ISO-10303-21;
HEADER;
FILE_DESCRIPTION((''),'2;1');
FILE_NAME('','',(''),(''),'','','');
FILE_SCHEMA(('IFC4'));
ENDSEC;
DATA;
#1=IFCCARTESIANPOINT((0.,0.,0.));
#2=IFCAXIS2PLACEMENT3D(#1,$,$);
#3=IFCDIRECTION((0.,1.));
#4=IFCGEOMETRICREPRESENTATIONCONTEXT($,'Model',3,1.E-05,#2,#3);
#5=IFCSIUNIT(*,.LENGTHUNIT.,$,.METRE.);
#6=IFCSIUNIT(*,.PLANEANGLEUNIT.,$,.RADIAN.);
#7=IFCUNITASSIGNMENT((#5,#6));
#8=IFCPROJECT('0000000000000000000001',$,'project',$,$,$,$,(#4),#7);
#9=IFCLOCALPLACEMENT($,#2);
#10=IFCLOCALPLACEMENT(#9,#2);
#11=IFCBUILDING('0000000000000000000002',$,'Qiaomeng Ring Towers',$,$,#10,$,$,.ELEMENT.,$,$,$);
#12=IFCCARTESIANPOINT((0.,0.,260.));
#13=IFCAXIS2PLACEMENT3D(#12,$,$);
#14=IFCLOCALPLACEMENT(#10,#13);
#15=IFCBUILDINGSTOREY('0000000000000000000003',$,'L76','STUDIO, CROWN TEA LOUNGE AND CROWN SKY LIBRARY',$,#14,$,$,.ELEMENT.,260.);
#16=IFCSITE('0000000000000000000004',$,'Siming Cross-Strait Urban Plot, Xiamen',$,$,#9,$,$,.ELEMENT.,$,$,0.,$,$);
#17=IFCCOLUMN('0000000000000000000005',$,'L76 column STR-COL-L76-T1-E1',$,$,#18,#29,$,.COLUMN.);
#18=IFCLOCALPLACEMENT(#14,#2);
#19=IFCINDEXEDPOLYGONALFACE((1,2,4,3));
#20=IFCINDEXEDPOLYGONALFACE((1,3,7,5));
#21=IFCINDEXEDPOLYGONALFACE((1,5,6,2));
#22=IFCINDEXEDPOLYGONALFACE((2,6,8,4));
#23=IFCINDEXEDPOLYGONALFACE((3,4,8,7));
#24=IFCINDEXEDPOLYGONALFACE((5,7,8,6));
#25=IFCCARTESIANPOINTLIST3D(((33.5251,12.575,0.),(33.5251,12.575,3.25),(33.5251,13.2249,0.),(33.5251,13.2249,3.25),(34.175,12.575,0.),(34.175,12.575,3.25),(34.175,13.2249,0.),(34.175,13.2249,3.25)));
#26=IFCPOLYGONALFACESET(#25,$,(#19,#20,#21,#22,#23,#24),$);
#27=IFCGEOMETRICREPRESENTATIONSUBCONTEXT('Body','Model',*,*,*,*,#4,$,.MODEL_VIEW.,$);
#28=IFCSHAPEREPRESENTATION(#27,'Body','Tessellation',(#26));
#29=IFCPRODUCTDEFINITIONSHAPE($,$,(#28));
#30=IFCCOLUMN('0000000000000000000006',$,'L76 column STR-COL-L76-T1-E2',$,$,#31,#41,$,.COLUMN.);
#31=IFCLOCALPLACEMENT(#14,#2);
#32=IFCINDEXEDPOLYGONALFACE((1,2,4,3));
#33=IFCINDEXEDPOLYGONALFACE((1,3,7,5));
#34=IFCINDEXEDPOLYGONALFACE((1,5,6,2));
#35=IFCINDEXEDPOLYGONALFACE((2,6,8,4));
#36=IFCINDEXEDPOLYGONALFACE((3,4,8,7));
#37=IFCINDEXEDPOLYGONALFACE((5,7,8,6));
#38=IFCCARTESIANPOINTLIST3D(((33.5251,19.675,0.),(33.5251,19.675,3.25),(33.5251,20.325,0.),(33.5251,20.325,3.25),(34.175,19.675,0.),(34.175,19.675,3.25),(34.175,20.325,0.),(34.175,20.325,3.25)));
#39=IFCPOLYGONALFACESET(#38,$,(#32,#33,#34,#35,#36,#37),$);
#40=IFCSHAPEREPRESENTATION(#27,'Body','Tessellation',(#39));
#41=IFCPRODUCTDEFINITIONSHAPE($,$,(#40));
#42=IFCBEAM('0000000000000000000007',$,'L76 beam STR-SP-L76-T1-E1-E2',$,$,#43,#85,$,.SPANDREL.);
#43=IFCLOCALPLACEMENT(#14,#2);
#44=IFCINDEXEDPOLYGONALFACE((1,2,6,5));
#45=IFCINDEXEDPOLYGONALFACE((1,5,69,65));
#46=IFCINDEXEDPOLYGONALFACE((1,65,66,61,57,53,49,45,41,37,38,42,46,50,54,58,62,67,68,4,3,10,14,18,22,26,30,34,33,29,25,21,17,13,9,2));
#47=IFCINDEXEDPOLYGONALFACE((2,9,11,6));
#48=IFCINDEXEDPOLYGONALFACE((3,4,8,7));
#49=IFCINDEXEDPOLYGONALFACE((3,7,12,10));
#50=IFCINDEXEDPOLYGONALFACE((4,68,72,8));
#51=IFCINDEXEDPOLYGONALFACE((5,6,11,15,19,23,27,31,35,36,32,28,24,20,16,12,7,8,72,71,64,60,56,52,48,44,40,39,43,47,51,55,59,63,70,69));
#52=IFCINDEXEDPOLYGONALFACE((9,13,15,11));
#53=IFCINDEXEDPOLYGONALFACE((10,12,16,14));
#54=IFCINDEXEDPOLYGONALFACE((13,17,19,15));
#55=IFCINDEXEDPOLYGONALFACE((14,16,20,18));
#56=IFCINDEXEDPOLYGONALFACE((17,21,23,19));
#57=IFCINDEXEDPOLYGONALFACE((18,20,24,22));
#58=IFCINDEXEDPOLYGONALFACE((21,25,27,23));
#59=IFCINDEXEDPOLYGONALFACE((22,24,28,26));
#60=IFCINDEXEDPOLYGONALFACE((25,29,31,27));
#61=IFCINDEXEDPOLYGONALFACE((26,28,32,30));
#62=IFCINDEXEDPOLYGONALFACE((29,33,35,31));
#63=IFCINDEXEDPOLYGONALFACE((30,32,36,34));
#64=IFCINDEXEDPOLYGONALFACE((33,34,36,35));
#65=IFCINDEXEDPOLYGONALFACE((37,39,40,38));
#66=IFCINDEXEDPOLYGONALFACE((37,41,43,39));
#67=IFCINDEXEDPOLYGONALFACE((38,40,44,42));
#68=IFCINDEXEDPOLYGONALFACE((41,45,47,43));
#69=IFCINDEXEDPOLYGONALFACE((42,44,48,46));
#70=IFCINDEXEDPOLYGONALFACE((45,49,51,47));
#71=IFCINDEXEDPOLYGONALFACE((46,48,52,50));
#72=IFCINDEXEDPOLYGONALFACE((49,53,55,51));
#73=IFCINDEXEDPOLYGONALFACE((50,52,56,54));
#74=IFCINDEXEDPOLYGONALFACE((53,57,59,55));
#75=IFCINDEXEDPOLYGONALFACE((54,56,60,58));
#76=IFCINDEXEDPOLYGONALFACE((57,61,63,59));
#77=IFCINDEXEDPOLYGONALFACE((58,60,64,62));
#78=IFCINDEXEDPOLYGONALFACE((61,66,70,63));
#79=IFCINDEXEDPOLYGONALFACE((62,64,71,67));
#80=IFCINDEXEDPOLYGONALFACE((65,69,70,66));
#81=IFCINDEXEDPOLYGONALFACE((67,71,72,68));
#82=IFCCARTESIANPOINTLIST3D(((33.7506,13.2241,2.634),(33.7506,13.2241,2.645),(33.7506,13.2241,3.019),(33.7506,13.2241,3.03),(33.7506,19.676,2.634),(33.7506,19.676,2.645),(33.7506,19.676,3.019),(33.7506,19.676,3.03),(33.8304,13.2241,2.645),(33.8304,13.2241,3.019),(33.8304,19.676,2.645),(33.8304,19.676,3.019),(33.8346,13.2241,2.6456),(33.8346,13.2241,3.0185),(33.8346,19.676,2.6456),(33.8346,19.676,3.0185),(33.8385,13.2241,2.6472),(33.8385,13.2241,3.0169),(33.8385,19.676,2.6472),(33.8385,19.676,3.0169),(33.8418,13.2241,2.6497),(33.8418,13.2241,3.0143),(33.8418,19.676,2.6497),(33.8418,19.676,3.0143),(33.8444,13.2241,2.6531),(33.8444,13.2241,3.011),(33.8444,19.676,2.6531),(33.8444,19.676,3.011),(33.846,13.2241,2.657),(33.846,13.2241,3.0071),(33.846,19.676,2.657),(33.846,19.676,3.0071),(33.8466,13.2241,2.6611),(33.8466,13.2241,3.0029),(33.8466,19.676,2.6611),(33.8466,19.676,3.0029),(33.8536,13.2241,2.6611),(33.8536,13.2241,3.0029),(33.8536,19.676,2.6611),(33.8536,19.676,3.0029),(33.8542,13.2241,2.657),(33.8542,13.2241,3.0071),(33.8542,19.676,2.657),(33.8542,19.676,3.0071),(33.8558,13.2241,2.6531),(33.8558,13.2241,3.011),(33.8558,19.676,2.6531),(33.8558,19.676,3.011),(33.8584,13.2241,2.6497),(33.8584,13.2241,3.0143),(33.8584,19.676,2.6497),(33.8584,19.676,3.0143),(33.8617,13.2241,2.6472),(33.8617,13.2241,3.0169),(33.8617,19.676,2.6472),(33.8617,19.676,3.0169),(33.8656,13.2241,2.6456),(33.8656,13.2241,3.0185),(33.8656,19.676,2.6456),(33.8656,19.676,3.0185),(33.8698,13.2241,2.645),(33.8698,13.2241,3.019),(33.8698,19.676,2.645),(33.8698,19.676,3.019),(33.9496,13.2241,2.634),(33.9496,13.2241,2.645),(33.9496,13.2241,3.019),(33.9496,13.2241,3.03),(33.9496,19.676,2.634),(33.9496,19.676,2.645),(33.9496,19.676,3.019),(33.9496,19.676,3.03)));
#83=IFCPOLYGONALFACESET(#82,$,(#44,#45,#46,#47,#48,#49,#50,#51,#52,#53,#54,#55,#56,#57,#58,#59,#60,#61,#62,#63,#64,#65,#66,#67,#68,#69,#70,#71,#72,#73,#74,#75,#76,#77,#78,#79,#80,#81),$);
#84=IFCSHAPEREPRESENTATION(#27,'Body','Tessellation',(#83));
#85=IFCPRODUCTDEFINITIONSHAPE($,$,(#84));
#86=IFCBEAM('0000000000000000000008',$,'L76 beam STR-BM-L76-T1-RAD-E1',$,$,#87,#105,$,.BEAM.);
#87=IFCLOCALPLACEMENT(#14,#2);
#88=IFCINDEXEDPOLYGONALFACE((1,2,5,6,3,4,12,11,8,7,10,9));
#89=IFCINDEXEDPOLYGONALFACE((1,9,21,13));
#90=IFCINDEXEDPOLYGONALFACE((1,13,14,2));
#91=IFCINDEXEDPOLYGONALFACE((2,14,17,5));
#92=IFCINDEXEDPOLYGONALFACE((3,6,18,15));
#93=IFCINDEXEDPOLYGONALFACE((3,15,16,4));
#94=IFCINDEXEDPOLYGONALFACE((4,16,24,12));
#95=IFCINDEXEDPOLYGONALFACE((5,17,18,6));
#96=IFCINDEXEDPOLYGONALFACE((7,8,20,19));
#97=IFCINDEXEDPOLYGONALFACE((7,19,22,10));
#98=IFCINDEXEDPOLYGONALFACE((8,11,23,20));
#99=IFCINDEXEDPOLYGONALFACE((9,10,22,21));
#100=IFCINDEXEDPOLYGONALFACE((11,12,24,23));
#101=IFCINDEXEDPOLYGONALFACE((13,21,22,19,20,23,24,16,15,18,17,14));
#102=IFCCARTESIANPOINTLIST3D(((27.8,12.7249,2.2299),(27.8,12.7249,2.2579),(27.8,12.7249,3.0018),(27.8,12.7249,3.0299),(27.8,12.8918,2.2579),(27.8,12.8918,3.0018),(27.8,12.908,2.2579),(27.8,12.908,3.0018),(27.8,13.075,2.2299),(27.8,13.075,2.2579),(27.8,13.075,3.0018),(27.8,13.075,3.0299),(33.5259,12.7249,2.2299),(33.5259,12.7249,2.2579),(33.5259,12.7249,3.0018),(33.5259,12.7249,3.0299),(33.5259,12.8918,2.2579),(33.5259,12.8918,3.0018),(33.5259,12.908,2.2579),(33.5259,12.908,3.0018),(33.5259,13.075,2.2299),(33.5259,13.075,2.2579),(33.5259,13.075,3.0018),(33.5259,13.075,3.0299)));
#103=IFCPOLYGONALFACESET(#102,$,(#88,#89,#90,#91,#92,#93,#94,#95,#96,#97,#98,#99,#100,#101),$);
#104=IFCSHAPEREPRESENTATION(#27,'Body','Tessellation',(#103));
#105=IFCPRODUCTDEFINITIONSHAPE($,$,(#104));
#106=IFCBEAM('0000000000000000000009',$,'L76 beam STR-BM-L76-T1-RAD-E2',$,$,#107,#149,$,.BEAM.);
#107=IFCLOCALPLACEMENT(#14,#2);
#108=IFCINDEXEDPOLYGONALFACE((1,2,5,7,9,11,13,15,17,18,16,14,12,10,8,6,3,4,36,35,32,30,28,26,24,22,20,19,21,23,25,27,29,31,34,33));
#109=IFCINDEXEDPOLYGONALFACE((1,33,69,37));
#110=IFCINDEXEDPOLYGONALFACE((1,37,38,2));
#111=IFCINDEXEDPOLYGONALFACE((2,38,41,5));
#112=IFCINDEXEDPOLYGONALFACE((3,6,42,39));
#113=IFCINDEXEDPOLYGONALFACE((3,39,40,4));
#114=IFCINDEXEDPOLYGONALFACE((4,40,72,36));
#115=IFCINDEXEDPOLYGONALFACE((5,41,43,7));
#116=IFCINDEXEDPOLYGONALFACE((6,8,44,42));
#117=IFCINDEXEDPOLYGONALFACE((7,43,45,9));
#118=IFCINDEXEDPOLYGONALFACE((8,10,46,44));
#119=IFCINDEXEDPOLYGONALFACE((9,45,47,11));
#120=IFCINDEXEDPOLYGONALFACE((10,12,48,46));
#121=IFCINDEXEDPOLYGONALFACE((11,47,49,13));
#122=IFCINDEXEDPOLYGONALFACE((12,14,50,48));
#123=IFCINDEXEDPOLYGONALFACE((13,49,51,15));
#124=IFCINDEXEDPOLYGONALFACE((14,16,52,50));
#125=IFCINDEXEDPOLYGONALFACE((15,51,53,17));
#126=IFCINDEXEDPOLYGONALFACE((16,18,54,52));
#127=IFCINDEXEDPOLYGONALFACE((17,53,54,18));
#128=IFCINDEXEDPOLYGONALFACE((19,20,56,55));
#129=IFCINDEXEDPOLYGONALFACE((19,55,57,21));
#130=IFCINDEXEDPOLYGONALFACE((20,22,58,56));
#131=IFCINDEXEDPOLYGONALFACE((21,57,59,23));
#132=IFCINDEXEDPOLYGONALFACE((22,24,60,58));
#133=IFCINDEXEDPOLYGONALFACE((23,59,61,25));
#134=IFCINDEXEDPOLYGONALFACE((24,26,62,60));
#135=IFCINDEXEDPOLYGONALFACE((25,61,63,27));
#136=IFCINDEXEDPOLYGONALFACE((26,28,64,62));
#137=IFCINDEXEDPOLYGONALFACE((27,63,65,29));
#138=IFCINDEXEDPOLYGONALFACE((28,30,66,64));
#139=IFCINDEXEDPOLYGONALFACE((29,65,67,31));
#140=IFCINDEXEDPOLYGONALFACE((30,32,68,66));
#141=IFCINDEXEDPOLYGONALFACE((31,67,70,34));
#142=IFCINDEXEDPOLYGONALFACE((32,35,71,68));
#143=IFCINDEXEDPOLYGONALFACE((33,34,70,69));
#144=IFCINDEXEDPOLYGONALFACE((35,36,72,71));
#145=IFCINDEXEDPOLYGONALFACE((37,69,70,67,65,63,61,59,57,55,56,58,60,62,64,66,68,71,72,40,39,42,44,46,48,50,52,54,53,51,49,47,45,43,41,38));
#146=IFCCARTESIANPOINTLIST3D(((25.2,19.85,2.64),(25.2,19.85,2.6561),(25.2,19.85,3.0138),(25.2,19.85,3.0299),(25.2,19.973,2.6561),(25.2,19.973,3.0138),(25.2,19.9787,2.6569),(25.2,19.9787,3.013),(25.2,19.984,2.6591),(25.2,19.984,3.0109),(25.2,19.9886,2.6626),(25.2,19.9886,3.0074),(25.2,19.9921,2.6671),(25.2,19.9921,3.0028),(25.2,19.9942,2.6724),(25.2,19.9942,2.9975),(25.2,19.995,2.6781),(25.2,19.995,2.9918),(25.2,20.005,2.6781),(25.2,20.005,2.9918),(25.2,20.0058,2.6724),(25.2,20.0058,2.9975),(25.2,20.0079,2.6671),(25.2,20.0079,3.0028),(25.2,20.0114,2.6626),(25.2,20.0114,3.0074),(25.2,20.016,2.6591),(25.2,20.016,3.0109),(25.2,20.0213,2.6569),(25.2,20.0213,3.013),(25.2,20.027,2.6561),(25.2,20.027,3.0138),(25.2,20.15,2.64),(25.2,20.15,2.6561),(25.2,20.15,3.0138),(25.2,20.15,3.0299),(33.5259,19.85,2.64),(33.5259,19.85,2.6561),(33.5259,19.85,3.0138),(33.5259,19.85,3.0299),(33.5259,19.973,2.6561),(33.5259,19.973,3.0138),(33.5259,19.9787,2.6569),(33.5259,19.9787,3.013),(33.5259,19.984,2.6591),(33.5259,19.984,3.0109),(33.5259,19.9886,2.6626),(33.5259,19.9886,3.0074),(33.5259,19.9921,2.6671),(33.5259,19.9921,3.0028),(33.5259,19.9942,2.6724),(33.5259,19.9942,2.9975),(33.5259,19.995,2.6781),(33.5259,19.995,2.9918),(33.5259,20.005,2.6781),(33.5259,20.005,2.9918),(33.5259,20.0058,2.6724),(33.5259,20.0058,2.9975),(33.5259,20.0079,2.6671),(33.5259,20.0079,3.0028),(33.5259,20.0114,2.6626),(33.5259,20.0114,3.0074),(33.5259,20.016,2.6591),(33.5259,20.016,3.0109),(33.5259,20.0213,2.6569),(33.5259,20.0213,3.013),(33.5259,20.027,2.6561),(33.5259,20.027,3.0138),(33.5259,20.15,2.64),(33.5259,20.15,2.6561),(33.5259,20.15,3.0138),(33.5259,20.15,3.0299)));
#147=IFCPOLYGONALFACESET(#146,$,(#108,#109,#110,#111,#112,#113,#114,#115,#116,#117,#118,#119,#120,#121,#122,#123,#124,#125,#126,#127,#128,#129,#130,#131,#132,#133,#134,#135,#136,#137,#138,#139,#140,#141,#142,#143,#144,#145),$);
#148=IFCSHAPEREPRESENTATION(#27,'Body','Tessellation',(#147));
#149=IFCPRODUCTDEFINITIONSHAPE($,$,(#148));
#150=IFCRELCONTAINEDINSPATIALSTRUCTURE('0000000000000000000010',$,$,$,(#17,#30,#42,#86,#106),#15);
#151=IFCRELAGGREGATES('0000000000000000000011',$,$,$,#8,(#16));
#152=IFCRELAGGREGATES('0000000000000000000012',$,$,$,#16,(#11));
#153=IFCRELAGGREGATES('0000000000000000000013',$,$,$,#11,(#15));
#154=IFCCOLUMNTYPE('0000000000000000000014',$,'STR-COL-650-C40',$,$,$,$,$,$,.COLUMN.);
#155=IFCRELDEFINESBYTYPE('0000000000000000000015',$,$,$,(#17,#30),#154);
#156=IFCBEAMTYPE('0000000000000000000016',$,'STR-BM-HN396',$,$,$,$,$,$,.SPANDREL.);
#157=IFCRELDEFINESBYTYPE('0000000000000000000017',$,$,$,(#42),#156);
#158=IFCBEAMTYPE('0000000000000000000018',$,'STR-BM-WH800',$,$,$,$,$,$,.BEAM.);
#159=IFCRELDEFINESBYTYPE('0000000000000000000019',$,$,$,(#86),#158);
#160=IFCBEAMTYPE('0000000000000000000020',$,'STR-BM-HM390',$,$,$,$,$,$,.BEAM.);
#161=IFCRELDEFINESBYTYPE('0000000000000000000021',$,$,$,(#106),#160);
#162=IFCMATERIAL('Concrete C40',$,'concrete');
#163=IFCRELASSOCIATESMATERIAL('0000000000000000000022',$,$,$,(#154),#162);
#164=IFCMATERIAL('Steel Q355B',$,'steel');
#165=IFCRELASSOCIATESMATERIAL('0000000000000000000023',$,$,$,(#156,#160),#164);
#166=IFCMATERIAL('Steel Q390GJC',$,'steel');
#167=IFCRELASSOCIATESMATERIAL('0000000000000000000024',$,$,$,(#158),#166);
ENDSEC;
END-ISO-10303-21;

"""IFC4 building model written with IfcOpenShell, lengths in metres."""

from ifc_helpers import new_model, si_unit, direction, frame, origin, origin_2d, place, context, subcontext, project, spatial, rectangle, i_section, extrude, source, transform, mapped, material, material_profile, profile_set, type_object, element, save


model = new_model("IFC4")

# Units and contexts
model_context = context("Model", 3, precision=1e-05, world=origin(), true_north=direction((0.0, 1.0)))
body_context = subcontext(model_context, "Body", "Model", "MODEL_VIEW")
ifc_project = project(units=[si_unit("LENGTHUNIT", "METRE"), si_unit("PLANEANGLEUNIT", "RADIAN")], contexts=[model_context])

# Site, building, storey
site_placement = place(None, origin())
site = spatial("IfcSite", under=ifc_project, at=site_placement, Name="Siming Cross-Strait Urban Plot, Xiamen", CompositionType="ELEMENT", RefElevation=0.0)
building_placement = place(site_placement, origin())
building = spatial("IfcBuilding", under=site, at=building_placement, Name="Qiaomeng Ring Towers", CompositionType="ELEMENT")
storey_placement = place(building_placement, frame((0.0, 0.0, 260.0)))
storey = spatial("IfcBuildingStorey", under=building, at=storey_placement, Name="L76", Description="STUDIO, CROWN TEA LOUNGE AND CROWN SKY LIBRARY", CompositionType="ELEMENT", Elevation=260.0)

# Columns
ifc_material_1 = material(Name="Concrete C40", Category="concrete")
ifc_material_profile_1 = material_profile(ifc_material_1, rectangle(XDim=0.6499, YDim=0.6499, at=origin_2d()), Name="RC COL 650x650")
ifc_profile_set_1 = profile_set([ifc_material_profile_1], Name="Concrete C40")
column_type = type_object("IfcColumnType", Name="STR-COL-650-C40", PredefinedType="COLUMN", material=ifc_profile_set_1)
shared_shape_1 = source(origin(), body_context, "Body", "SweptSolid", [
    extrude(rectangle(XDim=0.6499, YDim=0.6499, at=origin_2d()), origin(), (0.0, 0.0, 1.0), 3.25),
])
for number, where, z_axis, x_axis, name in (
    (1, (33.8501, 12.8999, 0.0), (0.0, 0.0, 1.0), (1.0, 0.0, 0.0), "L76 column STR-COL-L76-T1-E1"),
    (2, (33.8501, 20.0, 0.0), (0.0, 0.0, 1.0), (1.0, 0.0, 0.0), "L76 column STR-COL-L76-T1-E2"),
):
    element("IfcColumn", number, at=place(storey_placement, frame(where, z_axis=z_axis, x_axis=x_axis)), inside=storey, type_object=column_type, Name=name, PredefinedType="COLUMN", context=body_context, shape_type="MappedRepresentation", body=[
        mapped(shared_shape_1, transform((0.0, 0.0, 0.0), x_axis=(1.0, 0.0, 0.0), y_axis=(0.0, 1.0, 0.0), z_axis=(0.0, 0.0, 1.0), scale=1.0)),
    ])

# Beams
ifc_material_2 = material(Name="Steel Q355B", Category="steel")
ifc_material_profile_2 = material_profile(ifc_material_2, i_section(OverallWidth=0.199, OverallDepth=0.396, WebThickness=0.0071, FlangeThickness=0.011, FilletRadius=0.0161, at=origin_2d()), Name="HN 396x199x7x11")
ifc_profile_set_2 = profile_set([ifc_material_profile_2], Name="Steel Q355B")
beam_type_1 = type_object("IfcBeamType", Name="STR-BM-HN396", PredefinedType="SPANDREL", material=ifc_profile_set_2)
shared_shape_2 = source(origin(), body_context, "Body", "SweptSolid", [
    extrude(i_section(OverallWidth=0.199, OverallDepth=0.396, WebThickness=0.0071, FlangeThickness=0.011, FilletRadius=0.0161, at=origin_2d()), origin(), (0.0, 0.0, 1.0), 6.4519),
])
beam_1_placement = place(storey_placement, frame((33.8501, 13.2241, 2.832), z_axis=(0.0, 1.0, 0.0), x_axis=(-1.0, 0.0, 0.0)))
element("IfcBeam", 3, at=beam_1_placement, inside=storey, type_object=beam_type_1, Name="L76 beam STR-SP-L76-T1-E1-E2", PredefinedType="SPANDREL", context=body_context, shape_type="MappedRepresentation", body=[
    mapped(shared_shape_2, transform((0.0, 0.0, 0.0), x_axis=(1.0, 0.0, 0.0), y_axis=(0.0, 1.0, 0.0), z_axis=(0.0, 0.0, 1.0), scale=1.0)),
])
ifc_material_3 = material(Name="Steel Q390GJC", Category="steel")
ifc_material_profile_3 = material_profile(ifc_material_3, i_section(OverallWidth=0.3501, OverallDepth=0.8, WebThickness=0.0161, FlangeThickness=0.0281, at=origin_2d()), Name="WH 800x350x16x28")
ifc_profile_set_3 = profile_set([ifc_material_profile_3], Name="Steel Q390GJC")
beam_type_2 = type_object("IfcBeamType", Name="STR-BM-WH800", PredefinedType="BEAM", material=ifc_profile_set_3)
shared_shape_3 = source(origin(), body_context, "Body", "SweptSolid", [
    extrude(i_section(OverallWidth=0.3501, OverallDepth=0.8, WebThickness=0.0161, FlangeThickness=0.0281, at=origin_2d()), origin(), (0.0, 0.0, 1.0), 5.7258),
])
beam_2_placement = place(storey_placement, frame((27.8, 12.8999, 2.6299), z_axis=(1.0, 0.0, 0.0), x_axis=(0.0, 1.0, 0.0)))
element("IfcBeam", 4, at=beam_2_placement, inside=storey, type_object=beam_type_2, Name="L76 beam STR-BM-L76-T1-RAD-E1", PredefinedType="BEAM", context=body_context, shape_type="MappedRepresentation", body=[
    mapped(shared_shape_3, transform((0.0, 0.0, 0.0), x_axis=(1.0, 0.0, 0.0), y_axis=(0.0, 1.0, 0.0), z_axis=(0.0, 0.0, 1.0), scale=1.0)),
])
ifc_material_profile_4 = material_profile(ifc_material_2, i_section(OverallWidth=0.3, OverallDepth=0.3899, WebThickness=0.01, FlangeThickness=0.0161, FilletRadius=0.022, at=origin_2d()), Name="HM 390x300x10x16")
ifc_profile_set_4 = profile_set([ifc_material_profile_4], Name="Steel Q355B")
beam_type_3 = type_object("IfcBeamType", Name="STR-BM-HM390", PredefinedType="BEAM", material=ifc_profile_set_4)
shared_shape_4 = source(origin(), body_context, "Body", "SweptSolid", [
    extrude(i_section(OverallWidth=0.3, OverallDepth=0.3899, WebThickness=0.01, FlangeThickness=0.0161, FilletRadius=0.022, at=origin_2d()), origin(), (0.0, 0.0, 1.0), 8.3259),
])
beam_3_placement = place(storey_placement, frame((25.2, 20.0, 2.835), z_axis=(1.0, 0.0, 0.0), x_axis=(0.0, 1.0, 0.0)))
element("IfcBeam", 5, at=beam_3_placement, inside=storey, type_object=beam_type_3, Name="L76 beam STR-BM-L76-T1-RAD-E2", PredefinedType="BEAM", context=body_context, shape_type="MappedRepresentation", body=[
    mapped(shared_shape_4, transform((0.0, 0.0, 0.0), x_axis=(1.0, 0.0, 0.0), y_axis=(0.0, 1.0, 0.0), z_axis=(0.0, 0.0, 1.0), scale=1.0)),
])

save(model, "model.ifc")
